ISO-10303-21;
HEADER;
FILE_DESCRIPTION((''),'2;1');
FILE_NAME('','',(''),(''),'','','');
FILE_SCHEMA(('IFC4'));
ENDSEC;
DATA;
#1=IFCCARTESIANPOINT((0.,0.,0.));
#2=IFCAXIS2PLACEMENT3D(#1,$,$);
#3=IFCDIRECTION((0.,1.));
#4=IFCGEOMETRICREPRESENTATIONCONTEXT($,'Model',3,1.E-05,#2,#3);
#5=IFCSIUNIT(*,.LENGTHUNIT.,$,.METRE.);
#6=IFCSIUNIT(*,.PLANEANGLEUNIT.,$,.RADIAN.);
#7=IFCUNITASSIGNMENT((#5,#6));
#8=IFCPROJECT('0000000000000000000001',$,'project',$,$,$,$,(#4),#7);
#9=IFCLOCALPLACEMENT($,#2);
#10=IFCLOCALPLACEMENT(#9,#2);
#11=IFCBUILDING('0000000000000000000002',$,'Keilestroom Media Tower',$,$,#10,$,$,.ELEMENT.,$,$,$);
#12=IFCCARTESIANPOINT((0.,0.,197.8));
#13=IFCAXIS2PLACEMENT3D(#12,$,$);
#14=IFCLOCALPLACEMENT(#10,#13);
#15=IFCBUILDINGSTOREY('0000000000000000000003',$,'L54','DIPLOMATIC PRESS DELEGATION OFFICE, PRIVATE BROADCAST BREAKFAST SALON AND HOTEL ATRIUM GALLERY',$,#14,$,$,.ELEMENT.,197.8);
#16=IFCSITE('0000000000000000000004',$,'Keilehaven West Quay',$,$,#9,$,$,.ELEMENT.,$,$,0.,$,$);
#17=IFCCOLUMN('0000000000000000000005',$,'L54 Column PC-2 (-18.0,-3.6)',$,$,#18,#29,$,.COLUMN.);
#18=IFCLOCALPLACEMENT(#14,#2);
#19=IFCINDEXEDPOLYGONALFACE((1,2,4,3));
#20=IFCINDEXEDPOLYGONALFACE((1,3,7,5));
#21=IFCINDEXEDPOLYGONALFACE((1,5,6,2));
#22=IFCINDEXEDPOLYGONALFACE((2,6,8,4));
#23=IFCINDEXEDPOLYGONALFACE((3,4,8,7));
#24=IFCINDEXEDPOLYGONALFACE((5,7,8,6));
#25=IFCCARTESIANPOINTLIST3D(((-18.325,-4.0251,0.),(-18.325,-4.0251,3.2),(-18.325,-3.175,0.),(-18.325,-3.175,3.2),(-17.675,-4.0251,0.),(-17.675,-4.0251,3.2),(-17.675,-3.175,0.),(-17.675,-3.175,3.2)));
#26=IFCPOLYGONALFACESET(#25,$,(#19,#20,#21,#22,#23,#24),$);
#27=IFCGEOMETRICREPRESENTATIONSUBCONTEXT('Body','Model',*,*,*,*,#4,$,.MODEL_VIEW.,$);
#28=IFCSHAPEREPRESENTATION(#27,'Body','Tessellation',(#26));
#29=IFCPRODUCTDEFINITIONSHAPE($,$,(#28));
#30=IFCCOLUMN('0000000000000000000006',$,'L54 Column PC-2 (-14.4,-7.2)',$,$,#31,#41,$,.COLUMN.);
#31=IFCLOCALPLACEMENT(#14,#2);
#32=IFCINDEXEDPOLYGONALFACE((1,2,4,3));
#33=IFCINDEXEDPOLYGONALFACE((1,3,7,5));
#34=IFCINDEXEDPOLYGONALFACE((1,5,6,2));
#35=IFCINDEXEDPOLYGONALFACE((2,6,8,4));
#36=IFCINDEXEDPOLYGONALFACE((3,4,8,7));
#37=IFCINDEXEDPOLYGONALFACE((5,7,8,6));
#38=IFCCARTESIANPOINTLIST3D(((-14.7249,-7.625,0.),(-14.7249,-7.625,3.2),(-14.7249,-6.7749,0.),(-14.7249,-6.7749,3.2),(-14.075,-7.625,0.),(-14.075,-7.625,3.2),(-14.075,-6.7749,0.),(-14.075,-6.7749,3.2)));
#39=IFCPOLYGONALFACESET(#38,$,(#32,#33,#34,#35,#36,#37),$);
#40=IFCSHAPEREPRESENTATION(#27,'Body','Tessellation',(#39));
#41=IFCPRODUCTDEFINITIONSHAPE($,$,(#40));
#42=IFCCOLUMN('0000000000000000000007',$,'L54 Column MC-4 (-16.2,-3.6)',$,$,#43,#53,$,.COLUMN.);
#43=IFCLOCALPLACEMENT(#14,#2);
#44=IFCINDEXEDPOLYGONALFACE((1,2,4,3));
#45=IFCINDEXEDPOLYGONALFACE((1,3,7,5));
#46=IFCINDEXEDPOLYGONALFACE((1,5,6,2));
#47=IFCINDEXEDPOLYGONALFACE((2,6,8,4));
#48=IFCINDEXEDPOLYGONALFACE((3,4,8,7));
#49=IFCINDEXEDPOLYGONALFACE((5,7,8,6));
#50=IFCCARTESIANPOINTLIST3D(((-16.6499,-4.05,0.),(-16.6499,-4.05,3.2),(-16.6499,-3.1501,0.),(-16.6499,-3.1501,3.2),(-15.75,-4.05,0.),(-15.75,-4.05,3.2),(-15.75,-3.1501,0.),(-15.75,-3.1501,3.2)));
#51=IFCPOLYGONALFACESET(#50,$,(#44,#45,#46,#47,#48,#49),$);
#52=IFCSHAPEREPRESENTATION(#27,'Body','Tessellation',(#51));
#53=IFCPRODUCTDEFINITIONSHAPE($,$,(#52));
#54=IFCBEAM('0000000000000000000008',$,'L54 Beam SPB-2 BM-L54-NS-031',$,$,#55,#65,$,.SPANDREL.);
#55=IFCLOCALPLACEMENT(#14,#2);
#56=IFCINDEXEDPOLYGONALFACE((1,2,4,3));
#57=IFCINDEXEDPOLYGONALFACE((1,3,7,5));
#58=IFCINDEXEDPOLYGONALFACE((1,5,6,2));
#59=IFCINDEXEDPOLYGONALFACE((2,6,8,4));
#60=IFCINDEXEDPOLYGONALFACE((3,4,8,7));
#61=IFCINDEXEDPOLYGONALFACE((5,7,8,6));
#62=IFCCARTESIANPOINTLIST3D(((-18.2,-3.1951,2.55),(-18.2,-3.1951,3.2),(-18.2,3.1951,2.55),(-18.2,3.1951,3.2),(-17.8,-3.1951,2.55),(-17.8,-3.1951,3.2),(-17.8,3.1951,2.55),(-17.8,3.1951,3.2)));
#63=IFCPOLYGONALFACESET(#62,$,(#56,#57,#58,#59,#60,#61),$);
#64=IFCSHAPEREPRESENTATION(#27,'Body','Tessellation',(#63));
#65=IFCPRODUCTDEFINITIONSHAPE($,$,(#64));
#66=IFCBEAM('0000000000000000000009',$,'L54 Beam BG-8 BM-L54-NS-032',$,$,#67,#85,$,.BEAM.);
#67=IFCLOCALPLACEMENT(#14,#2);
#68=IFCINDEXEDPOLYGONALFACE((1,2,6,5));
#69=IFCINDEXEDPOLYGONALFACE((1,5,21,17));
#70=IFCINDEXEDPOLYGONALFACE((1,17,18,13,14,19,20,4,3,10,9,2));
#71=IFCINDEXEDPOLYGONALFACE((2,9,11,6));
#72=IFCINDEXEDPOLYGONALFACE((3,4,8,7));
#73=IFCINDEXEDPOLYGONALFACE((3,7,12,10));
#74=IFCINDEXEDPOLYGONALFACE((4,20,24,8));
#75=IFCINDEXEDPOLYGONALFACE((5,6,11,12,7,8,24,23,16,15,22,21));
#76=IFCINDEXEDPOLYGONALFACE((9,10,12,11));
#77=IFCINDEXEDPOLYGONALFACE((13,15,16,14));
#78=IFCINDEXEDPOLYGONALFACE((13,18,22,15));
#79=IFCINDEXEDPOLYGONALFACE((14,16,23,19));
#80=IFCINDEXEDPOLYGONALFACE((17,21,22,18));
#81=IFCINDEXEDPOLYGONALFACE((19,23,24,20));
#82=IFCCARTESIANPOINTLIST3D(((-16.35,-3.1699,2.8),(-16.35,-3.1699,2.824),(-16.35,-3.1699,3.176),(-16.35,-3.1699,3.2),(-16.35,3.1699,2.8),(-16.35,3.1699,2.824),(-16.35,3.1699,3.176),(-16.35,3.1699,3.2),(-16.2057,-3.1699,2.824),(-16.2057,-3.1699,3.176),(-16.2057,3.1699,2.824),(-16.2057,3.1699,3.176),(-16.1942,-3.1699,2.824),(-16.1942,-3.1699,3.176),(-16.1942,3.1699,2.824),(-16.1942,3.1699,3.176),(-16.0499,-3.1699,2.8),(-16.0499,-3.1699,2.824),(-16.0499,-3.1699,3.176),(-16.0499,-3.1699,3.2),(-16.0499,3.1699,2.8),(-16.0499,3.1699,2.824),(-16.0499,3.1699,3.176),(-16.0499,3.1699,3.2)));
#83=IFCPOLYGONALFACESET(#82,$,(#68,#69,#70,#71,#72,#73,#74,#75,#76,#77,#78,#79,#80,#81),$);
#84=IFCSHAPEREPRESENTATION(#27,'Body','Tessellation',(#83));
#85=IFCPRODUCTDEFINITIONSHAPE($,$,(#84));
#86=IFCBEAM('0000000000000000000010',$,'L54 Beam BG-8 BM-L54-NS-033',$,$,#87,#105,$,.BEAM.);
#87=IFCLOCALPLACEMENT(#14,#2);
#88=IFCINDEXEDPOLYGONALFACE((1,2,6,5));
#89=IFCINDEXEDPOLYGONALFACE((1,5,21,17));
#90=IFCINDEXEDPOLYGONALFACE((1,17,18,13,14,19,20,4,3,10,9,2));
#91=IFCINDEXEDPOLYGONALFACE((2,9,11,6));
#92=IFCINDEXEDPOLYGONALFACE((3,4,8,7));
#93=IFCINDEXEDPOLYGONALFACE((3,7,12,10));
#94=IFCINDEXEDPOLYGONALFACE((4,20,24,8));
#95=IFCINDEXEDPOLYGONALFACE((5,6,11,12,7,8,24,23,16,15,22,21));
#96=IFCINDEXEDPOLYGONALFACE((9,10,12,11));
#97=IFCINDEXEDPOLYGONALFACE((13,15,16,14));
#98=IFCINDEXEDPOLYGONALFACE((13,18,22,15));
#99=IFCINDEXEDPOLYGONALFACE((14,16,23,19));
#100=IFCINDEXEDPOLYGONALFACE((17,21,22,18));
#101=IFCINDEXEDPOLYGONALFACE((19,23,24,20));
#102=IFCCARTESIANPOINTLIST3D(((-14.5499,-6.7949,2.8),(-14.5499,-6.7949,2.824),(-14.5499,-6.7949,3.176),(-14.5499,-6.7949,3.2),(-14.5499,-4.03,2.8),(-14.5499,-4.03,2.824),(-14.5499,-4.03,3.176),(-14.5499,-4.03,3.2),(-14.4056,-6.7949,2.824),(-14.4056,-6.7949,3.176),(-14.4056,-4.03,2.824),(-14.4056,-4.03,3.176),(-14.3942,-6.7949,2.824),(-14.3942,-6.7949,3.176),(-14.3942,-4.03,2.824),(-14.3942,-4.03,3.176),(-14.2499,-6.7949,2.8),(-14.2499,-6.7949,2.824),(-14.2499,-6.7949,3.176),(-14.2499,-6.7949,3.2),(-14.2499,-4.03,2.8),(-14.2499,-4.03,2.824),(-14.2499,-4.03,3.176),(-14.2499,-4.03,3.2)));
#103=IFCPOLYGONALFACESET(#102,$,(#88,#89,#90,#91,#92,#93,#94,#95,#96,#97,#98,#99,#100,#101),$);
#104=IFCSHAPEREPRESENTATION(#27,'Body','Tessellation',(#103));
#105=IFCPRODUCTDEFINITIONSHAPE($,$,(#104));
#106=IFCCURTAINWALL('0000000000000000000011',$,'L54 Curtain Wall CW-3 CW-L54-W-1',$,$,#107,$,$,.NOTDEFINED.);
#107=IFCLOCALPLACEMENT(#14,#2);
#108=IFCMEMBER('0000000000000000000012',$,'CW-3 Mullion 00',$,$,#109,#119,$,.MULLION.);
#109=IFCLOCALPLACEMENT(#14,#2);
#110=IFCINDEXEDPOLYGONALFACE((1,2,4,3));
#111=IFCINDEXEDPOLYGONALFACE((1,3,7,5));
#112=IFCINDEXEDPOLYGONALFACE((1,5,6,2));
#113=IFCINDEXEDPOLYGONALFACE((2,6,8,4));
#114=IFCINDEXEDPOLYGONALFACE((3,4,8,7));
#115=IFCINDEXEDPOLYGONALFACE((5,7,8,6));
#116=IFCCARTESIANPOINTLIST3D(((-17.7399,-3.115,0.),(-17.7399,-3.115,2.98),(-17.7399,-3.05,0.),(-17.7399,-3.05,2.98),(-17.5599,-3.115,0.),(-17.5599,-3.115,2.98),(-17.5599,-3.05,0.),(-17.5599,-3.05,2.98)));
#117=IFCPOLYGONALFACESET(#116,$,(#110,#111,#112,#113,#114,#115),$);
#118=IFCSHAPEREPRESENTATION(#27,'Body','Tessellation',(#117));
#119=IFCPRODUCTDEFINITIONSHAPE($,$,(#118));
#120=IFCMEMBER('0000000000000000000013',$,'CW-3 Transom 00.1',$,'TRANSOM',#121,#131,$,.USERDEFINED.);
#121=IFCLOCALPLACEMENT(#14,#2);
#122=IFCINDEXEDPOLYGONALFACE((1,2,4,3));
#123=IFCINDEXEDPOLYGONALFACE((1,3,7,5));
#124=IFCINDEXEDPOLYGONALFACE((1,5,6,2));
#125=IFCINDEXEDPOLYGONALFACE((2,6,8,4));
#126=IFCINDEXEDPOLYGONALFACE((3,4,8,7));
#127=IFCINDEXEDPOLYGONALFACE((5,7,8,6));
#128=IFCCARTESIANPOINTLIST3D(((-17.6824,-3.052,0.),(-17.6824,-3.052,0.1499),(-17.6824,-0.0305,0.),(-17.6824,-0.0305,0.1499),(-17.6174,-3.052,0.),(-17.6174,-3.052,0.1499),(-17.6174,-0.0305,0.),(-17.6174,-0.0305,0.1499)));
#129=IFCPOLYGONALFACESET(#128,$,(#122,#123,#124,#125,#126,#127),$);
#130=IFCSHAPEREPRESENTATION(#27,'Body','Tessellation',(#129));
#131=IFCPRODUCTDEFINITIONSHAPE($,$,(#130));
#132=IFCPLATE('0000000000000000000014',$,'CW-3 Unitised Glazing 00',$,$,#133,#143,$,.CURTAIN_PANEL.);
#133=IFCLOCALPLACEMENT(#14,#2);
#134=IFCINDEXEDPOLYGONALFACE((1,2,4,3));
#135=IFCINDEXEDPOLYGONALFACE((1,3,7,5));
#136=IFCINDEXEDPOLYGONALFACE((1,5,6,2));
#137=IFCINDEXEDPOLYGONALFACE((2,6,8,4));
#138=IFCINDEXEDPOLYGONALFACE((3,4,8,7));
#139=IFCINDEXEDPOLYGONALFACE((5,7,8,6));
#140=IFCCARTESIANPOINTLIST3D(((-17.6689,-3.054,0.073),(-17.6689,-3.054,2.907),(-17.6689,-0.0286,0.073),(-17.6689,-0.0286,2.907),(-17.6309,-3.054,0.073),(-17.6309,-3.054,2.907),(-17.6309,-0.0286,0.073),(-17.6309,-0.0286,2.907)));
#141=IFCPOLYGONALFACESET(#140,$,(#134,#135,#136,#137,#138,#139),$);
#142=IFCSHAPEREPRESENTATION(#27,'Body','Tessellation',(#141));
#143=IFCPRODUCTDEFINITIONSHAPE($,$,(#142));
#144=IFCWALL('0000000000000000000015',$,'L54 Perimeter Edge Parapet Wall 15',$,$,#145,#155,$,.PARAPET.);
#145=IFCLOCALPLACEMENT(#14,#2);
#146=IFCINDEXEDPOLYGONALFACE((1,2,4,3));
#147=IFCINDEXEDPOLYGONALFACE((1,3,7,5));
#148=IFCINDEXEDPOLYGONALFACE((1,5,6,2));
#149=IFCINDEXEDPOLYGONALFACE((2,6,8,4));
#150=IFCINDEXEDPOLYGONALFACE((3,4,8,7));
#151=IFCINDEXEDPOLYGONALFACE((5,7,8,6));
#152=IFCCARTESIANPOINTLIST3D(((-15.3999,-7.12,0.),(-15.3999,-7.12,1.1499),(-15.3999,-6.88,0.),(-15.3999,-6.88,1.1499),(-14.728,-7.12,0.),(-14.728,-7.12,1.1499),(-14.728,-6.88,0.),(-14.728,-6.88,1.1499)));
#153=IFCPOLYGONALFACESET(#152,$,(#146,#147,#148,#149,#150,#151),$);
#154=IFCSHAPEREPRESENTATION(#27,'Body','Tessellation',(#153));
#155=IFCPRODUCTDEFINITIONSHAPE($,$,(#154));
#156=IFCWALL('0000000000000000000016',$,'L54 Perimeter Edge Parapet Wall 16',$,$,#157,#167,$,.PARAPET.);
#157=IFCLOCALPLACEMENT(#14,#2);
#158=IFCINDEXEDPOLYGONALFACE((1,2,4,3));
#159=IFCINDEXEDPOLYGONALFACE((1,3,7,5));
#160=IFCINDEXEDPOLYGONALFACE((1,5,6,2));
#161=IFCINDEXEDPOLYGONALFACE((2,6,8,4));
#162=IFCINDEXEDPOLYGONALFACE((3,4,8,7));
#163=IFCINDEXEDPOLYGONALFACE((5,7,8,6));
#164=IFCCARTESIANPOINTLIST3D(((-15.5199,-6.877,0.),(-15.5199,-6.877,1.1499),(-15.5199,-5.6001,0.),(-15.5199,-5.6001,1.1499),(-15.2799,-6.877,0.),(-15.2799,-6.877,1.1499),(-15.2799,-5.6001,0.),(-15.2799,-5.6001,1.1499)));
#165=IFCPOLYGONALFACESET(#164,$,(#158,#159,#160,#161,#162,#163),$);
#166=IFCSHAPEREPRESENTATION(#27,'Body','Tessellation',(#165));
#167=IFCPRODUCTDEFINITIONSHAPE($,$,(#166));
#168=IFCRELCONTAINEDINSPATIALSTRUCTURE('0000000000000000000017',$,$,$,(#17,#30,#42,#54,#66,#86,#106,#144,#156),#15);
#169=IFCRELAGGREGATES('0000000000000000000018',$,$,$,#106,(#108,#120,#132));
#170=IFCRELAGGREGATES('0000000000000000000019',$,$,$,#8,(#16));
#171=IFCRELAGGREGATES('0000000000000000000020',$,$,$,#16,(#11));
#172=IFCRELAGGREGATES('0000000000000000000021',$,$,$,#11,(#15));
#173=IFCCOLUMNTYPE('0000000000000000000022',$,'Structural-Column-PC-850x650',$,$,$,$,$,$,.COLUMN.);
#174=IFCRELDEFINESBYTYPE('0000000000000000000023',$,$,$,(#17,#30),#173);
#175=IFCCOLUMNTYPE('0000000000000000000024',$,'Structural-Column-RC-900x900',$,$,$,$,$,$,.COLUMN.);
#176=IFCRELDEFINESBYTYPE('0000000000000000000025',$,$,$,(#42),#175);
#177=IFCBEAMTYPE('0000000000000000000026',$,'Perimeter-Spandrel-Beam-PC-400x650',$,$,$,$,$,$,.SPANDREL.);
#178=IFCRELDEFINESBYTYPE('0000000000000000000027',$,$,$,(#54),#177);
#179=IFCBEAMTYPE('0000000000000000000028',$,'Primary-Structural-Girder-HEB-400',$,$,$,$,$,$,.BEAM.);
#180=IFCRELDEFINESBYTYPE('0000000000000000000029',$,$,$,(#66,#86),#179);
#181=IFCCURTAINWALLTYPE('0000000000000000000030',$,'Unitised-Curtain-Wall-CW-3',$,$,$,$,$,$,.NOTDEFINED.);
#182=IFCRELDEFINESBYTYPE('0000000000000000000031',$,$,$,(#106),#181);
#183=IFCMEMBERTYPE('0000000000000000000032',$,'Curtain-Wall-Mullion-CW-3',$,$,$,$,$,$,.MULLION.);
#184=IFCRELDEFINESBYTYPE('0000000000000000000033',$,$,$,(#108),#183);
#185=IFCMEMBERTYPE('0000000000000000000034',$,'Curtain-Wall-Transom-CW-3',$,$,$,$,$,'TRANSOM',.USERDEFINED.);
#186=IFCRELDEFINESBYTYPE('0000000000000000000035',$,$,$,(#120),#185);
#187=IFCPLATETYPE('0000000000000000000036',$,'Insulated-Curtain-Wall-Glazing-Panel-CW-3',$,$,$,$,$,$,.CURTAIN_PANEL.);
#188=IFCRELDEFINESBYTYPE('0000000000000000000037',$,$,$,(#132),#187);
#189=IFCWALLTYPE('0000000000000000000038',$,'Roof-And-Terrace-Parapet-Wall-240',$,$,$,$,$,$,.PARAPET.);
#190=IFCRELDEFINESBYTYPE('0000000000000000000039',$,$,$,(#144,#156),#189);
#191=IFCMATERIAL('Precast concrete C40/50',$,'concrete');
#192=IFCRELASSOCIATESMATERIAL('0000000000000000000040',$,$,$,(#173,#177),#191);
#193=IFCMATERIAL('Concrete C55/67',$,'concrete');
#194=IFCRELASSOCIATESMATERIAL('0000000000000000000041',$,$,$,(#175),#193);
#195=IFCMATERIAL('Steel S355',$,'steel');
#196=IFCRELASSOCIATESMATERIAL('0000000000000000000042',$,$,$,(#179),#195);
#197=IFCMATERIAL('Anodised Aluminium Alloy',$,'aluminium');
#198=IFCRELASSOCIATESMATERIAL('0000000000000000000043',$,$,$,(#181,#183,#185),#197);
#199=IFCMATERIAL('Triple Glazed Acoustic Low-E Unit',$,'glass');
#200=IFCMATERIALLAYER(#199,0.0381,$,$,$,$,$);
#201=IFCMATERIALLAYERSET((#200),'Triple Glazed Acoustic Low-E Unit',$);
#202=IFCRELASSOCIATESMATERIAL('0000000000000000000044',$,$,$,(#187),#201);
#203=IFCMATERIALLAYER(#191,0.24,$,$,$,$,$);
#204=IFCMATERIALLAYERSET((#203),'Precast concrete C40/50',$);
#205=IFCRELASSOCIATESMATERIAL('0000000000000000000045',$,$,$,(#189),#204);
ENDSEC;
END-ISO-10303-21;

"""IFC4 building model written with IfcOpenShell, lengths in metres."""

from ifc_helpers import new_model, si_unit, direction, frame, frame_2d, origin, origin_2d, place, context, subcontext, project, spatial, rectangle, i_section, extrude, source, transform, mapped, material, layer, layer_set, material_profile, profile_set, type_object, element, aggregate, save


model = new_model("IFC4")

# Units and contexts
model_context = context("Model", 3, precision=1e-05, world=origin(), true_north=direction((0.0, 1.0)))
body_context = subcontext(model_context, "Body", "Model", "MODEL_VIEW")
ifc_project = project(units=[si_unit("LENGTHUNIT", "METRE"), si_unit("PLANEANGLEUNIT", "RADIAN")], contexts=[model_context])

# Site, building, storey
site_placement = place(None, origin())
site = spatial("IfcSite", under=ifc_project, at=site_placement, Name="Keilehaven West Quay", CompositionType="ELEMENT", RefElevation=0.0)
building_placement = place(site_placement, origin())
building = spatial("IfcBuilding", under=site, at=building_placement, Name="Keilestroom Media Tower", CompositionType="ELEMENT")
storey_placement = place(building_placement, frame((0.0, 0.0, 197.8)))
storey = spatial("IfcBuildingStorey", under=building, at=storey_placement, Name="L54", Description="DIPLOMATIC PRESS DELEGATION OFFICE, PRIVATE BROADCAST BREAKFAST SALON AND HOTEL ATRIUM GALLERY", CompositionType="ELEMENT", Elevation=197.8)

# Columns
ifc_material_1 = material(Name="Precast concrete C40/50", Category="concrete")
ifc_material_profile_1 = material_profile(ifc_material_1, rectangle(XDim=0.6499, YDim=0.8501, at=origin_2d()), Name="PC 850x650")
ifc_profile_set_1 = profile_set([ifc_material_profile_1], Name="Precast concrete C40/50")
column_type_1 = type_object("IfcColumnType", Name="Structural-Column-PC-850x650", PredefinedType="COLUMN", material=ifc_profile_set_1)
shared_shape_1 = source(origin(), body_context, "Body", "SweptSolid", [
    extrude(rectangle(XDim=0.6499, YDim=0.8501, at=origin_2d()), origin(), (0.0, 0.0, 1.0), 3.2),
])
for number, where, z_axis, x_axis, name in (
    (1, (-18.0, -3.6001, 0.0), (0.0, 0.0, 1.0), (1.0, 0.0, 0.0), "L54 Column PC-2 (-18.0,-3.6)"),
    (2, (-14.3999, -7.2, 0.0), (0.0, 0.0, 1.0), (1.0, 0.0, 0.0), "L54 Column PC-2 (-14.4,-7.2)"),
):
    element("IfcColumn", number, at=place(storey_placement, frame(where, z_axis=z_axis, x_axis=x_axis)), inside=storey, type_object=column_type_1, Name=name, PredefinedType="COLUMN", context=body_context, shape_type="MappedRepresentation", body=[
        mapped(shared_shape_1, transform((0.0, 0.0, 0.0), x_axis=(1.0, 0.0, 0.0), y_axis=(0.0, 1.0, 0.0), z_axis=(0.0, 0.0, 1.0), scale=1.0)),
    ])
ifc_material_2 = material(Name="Concrete C55/67", Category="concrete")
ifc_material_profile_2 = material_profile(ifc_material_2, rectangle(XDim=0.8999, YDim=0.8999, at=origin_2d()), Name="RC 900x900")
ifc_profile_set_2 = profile_set([ifc_material_profile_2], Name="Concrete C55/67")
column_type_2 = type_object("IfcColumnType", Name="Structural-Column-RC-900x900", PredefinedType="COLUMN", material=ifc_profile_set_2)
shared_shape_2 = source(origin(), body_context, "Body", "SweptSolid", [
    extrude(rectangle(XDim=0.8999, YDim=0.8999, at=origin_2d()), origin(), (0.0, 0.0, 1.0), 3.2),
])
column_placement = place(storey_placement, frame((-16.2, -3.6001, 0.0), z_axis=(0.0, 0.0, 1.0), x_axis=(1.0, 0.0, 0.0)))
element("IfcColumn", 3, at=column_placement, inside=storey, type_object=column_type_2, Name="L54 Column MC-4 (-16.2,-3.6)", PredefinedType="COLUMN", context=body_context, shape_type="MappedRepresentation", body=[
    mapped(shared_shape_2, transform((0.0, 0.0, 0.0), x_axis=(1.0, 0.0, 0.0), y_axis=(0.0, 1.0, 0.0), z_axis=(0.0, 0.0, 1.0), scale=1.0)),
])

# Beams
ifc_material_profile_3 = material_profile(ifc_material_1, rectangle(XDim=0.3999, YDim=0.6499, at=origin_2d()), Name="PC 400x650")
ifc_profile_set_3 = profile_set([ifc_material_profile_3], Name="Precast concrete C40/50")
beam_type_1 = type_object("IfcBeamType", Name="Perimeter-Spandrel-Beam-PC-400x650", PredefinedType="SPANDREL", material=ifc_profile_set_3)
shared_shape_3 = source(origin(), body_context, "Body", "SweptSolid", [
    extrude(rectangle(XDim=0.3999, YDim=0.6499, at=origin_2d()), origin(), (0.0, 0.0, 1.0), 6.3901),
])
beam_1_placement = place(storey_placement, frame((-18.0, -3.1951, 2.875), z_axis=(0.0, 1.0, 0.0), x_axis=(-1.0, 0.0, 0.0)))
element("IfcBeam", 4, at=beam_1_placement, inside=storey, type_object=beam_type_1, Name="L54 Beam SPB-2 BM-L54-NS-031", PredefinedType="SPANDREL", context=body_context, shape_type="MappedRepresentation", body=[
    mapped(shared_shape_3, transform((0.0, 0.0, 0.0), x_axis=(1.0, 0.0, 0.0), y_axis=(0.0, 1.0, 0.0), z_axis=(0.0, 0.0, 1.0), scale=1.0)),
])
ifc_material_3 = material(Name="Steel S355", Category="steel")
ifc_material_profile_4 = material_profile(ifc_material_3, i_section(OverallWidth=0.3, OverallDepth=0.3999, WebThickness=0.0115, FlangeThickness=0.0239, at=origin_2d()), Name="HEB 400")
ifc_profile_set_4 = profile_set([ifc_material_profile_4], Name="Steel S355")
beam_type_2 = type_object("IfcBeamType", Name="Primary-Structural-Girder-HEB-400", PredefinedType="BEAM", material=ifc_profile_set_4)
shared_shape_4 = source(origin(), body_context, "Body", "SweptSolid", [
    extrude(i_section(OverallWidth=0.3, OverallDepth=0.3999, WebThickness=0.0115, FlangeThickness=0.0239, at=origin_2d()), origin(), (0.0, 0.0, 1.0), 6.3398),
])
beam_2_placement = place(storey_placement, frame((-16.2, -3.1699, 3.0), z_axis=(0.0, 1.0, 0.0), x_axis=(-1.0, 0.0, 0.0)))
element("IfcBeam", 5, at=beam_2_placement, inside=storey, type_object=beam_type_2, Name="L54 Beam BG-8 BM-L54-NS-032", PredefinedType="BEAM", context=body_context, shape_type="MappedRepresentation", body=[
    mapped(shared_shape_4, transform((0.0, 0.0, 0.0), x_axis=(1.0, 0.0, 0.0), y_axis=(0.0, 1.0, 0.0), z_axis=(0.0, 0.0, 1.0), scale=1.0)),
])
shared_shape_5 = source(origin(), body_context, "Body", "SweptSolid", [
    extrude(i_section(OverallWidth=0.3, OverallDepth=0.3999, WebThickness=0.0115, FlangeThickness=0.0239, at=origin_2d()), origin(), (0.0, 0.0, 1.0), 2.7649),
])
beam_3_placement = place(storey_placement, frame((-14.3999, -6.7949, 3.0), z_axis=(0.0, 1.0, 0.0), x_axis=(-1.0, 0.0, 0.0)))
element("IfcBeam", 6, at=beam_3_placement, inside=storey, type_object=beam_type_2, Name="L54 Beam BG-8 BM-L54-NS-033", PredefinedType="BEAM", context=body_context, shape_type="MappedRepresentation", body=[
    mapped(shared_shape_5, transform((0.0, 0.0, 0.0), x_axis=(1.0, 0.0, 0.0), y_axis=(0.0, 1.0, 0.0), z_axis=(0.0, 0.0, 1.0), scale=1.0)),
])

# Curtain wall, members, plate
ifc_material_4 = material(Name="Anodised Aluminium Alloy", Category="aluminium")
curtain_wall_type = type_object("IfcCurtainWallType", Name="Unitised-Curtain-Wall-CW-3", PredefinedType="NOTDEFINED", material=ifc_material_4)
curtain_wall_placement = place(storey_placement, origin())
curtain_wall = element("IfcCurtainWall", 7, at=curtain_wall_placement, inside=storey, type_object=curtain_wall_type, Name="L54 Curtain Wall CW-3 CW-L54-W-1", PredefinedType="NOTDEFINED")
ifc_material_profile_5 = material_profile(ifc_material_4, rectangle(XDim=0.0649, YDim=0.1799, at=origin_2d()), Name="ALU MULLION 65x180")
ifc_profile_set_5 = profile_set([ifc_material_profile_5], Name="Anodised Aluminium Alloy")
member_type_1 = type_object("IfcMemberType", Name="Curtain-Wall-Mullion-CW-3", PredefinedType="MULLION", material=ifc_profile_set_5)
shared_shape_6 = source(origin(), body_context, "Body", "SweptSolid", [
    extrude(rectangle(XDim=0.0649, YDim=0.1799, at=origin_2d()), origin(), (0.0, 0.0, 1.0), 2.98),
])
member_1_placement = place(storey_placement, frame((-17.6499, -3.0825, 0.0), z_axis=(0.0, 0.0, 1.0), x_axis=(0.0, 1.0, 0.0)))
member_1 = element("IfcMember", 8, at=member_1_placement, type_object=member_type_1, Name="CW-3 Mullion 00", PredefinedType="MULLION", context=body_context, shape_type="MappedRepresentation", body=[
    mapped(shared_shape_6, transform((0.0, 0.0, 0.0), x_axis=(1.0, 0.0, 0.0), y_axis=(0.0, 1.0, 0.0), z_axis=(0.0, 0.0, 1.0), scale=1.0)),
])
ifc_material_profile_6 = material_profile(ifc_material_4, rectangle(XDim=0.0649, YDim=0.1499, at=origin_2d()), Name="ALU TRANSOM 65x150")
ifc_profile_set_6 = profile_set([ifc_material_profile_6], Name="Anodised Aluminium Alloy")
member_type_2 = type_object("IfcMemberType", Name="Curtain-Wall-Transom-CW-3", ElementType="TRANSOM", PredefinedType="USERDEFINED", material=ifc_profile_set_6)
shared_shape_7 = source(origin(), body_context, "Body", "SweptSolid", [
    extrude(rectangle(XDim=0.0649, YDim=0.1499, at=origin_2d()), origin(), (0.0, 0.0, 1.0), 3.0215),
])
member_2_placement = place(storey_placement, frame((-17.6499, -3.052, 0.075), z_axis=(0.0, 1.0, 0.0), x_axis=(-1.0, 0.0, 0.0)))
member_2 = element("IfcMember", 9, at=member_2_placement, type_object=member_type_2, Name="CW-3 Transom 00.1", ObjectType="TRANSOM", PredefinedType="USERDEFINED", context=body_context, shape_type="MappedRepresentation", body=[
    mapped(shared_shape_7, transform((0.0, 0.0, 0.0), x_axis=(1.0, 0.0, 0.0), y_axis=(0.0, 1.0, 0.0), z_axis=(0.0, 0.0, 1.0), scale=1.0)),
])
ifc_material_5 = material(Name="Triple Glazed Acoustic Low-E Unit", Category="glass")
ifc_layer_1 = layer(ifc_material_5, 0.0381)
ifc_layer_set_1 = layer_set([ifc_layer_1], Name="Triple Glazed Acoustic Low-E Unit")
plate_type = type_object("IfcPlateType", Name="Insulated-Curtain-Wall-Glazing-Panel-CW-3", PredefinedType="CURTAIN_PANEL", material=ifc_layer_set_1)
shared_shape_8 = source(origin(), body_context, "Body", "SweptSolid", [
    extrude(rectangle(XDim=3.0254, YDim=0.0381, at=origin_2d()), origin(), (0.0, 0.0, 1.0), 2.834),
])
plate_placement = place(storey_placement, frame((-17.6499, -1.5413, 0.073), z_axis=(0.0, 0.0, 1.0), x_axis=(0.0, 1.0, 0.0)))
plate = element("IfcPlate", 10, at=plate_placement, type_object=plate_type, Name="CW-3 Unitised Glazing 00", PredefinedType="CURTAIN_PANEL", context=body_context, shape_type="MappedRepresentation", body=[
    mapped(shared_shape_8, transform((0.0, 0.0, 0.0), x_axis=(1.0, 0.0, 0.0), y_axis=(0.0, 1.0, 0.0), z_axis=(0.0, 0.0, 1.0), scale=1.0)),
])
aggregate(curtain_wall, [member_1, member_2, plate])

# Walls
ifc_layer_2 = layer(ifc_material_1, 0.24)
ifc_layer_set_2 = layer_set([ifc_layer_2], Name="Precast concrete C40/50")
wall_type = type_object("IfcWallType", Name="Roof-And-Terrace-Parapet-Wall-240", PredefinedType="PARAPET", material=ifc_layer_set_2)
wall_1_placement = place(storey_placement, frame((-14.728, -7.0, 0.0), z_axis=(0.0, 0.0, 1.0), x_axis=(-1.0, 0.0, 0.0)))
element("IfcWall", 11, at=wall_1_placement, inside=storey, type_object=wall_type, Name="L54 Perimeter Edge Parapet Wall 15", PredefinedType="PARAPET", context=body_context, shape_type="SweptSolid", body=[
    extrude(rectangle(XDim=0.6719, YDim=0.24, at=frame_2d((0.3359, 0.0))), origin(), (0.0, 0.0, 1.0), 1.1499),
])
wall_2_placement = place(storey_placement, frame((-15.3999, -6.877, 0.0), z_axis=(0.0, 0.0, 1.0), x_axis=(0.0, 1.0, 0.0)))
element("IfcWall", 12, at=wall_2_placement, inside=storey, type_object=wall_type, Name="L54 Perimeter Edge Parapet Wall 16", PredefinedType="PARAPET", context=body_context, shape_type="SweptSolid", body=[
    extrude(rectangle(XDim=1.2769, YDim=0.24, at=frame_2d((0.6384, 0.0))), origin(), (0.0, 0.0, 1.0), 1.1499),
])

save(model, "model.ifc")
